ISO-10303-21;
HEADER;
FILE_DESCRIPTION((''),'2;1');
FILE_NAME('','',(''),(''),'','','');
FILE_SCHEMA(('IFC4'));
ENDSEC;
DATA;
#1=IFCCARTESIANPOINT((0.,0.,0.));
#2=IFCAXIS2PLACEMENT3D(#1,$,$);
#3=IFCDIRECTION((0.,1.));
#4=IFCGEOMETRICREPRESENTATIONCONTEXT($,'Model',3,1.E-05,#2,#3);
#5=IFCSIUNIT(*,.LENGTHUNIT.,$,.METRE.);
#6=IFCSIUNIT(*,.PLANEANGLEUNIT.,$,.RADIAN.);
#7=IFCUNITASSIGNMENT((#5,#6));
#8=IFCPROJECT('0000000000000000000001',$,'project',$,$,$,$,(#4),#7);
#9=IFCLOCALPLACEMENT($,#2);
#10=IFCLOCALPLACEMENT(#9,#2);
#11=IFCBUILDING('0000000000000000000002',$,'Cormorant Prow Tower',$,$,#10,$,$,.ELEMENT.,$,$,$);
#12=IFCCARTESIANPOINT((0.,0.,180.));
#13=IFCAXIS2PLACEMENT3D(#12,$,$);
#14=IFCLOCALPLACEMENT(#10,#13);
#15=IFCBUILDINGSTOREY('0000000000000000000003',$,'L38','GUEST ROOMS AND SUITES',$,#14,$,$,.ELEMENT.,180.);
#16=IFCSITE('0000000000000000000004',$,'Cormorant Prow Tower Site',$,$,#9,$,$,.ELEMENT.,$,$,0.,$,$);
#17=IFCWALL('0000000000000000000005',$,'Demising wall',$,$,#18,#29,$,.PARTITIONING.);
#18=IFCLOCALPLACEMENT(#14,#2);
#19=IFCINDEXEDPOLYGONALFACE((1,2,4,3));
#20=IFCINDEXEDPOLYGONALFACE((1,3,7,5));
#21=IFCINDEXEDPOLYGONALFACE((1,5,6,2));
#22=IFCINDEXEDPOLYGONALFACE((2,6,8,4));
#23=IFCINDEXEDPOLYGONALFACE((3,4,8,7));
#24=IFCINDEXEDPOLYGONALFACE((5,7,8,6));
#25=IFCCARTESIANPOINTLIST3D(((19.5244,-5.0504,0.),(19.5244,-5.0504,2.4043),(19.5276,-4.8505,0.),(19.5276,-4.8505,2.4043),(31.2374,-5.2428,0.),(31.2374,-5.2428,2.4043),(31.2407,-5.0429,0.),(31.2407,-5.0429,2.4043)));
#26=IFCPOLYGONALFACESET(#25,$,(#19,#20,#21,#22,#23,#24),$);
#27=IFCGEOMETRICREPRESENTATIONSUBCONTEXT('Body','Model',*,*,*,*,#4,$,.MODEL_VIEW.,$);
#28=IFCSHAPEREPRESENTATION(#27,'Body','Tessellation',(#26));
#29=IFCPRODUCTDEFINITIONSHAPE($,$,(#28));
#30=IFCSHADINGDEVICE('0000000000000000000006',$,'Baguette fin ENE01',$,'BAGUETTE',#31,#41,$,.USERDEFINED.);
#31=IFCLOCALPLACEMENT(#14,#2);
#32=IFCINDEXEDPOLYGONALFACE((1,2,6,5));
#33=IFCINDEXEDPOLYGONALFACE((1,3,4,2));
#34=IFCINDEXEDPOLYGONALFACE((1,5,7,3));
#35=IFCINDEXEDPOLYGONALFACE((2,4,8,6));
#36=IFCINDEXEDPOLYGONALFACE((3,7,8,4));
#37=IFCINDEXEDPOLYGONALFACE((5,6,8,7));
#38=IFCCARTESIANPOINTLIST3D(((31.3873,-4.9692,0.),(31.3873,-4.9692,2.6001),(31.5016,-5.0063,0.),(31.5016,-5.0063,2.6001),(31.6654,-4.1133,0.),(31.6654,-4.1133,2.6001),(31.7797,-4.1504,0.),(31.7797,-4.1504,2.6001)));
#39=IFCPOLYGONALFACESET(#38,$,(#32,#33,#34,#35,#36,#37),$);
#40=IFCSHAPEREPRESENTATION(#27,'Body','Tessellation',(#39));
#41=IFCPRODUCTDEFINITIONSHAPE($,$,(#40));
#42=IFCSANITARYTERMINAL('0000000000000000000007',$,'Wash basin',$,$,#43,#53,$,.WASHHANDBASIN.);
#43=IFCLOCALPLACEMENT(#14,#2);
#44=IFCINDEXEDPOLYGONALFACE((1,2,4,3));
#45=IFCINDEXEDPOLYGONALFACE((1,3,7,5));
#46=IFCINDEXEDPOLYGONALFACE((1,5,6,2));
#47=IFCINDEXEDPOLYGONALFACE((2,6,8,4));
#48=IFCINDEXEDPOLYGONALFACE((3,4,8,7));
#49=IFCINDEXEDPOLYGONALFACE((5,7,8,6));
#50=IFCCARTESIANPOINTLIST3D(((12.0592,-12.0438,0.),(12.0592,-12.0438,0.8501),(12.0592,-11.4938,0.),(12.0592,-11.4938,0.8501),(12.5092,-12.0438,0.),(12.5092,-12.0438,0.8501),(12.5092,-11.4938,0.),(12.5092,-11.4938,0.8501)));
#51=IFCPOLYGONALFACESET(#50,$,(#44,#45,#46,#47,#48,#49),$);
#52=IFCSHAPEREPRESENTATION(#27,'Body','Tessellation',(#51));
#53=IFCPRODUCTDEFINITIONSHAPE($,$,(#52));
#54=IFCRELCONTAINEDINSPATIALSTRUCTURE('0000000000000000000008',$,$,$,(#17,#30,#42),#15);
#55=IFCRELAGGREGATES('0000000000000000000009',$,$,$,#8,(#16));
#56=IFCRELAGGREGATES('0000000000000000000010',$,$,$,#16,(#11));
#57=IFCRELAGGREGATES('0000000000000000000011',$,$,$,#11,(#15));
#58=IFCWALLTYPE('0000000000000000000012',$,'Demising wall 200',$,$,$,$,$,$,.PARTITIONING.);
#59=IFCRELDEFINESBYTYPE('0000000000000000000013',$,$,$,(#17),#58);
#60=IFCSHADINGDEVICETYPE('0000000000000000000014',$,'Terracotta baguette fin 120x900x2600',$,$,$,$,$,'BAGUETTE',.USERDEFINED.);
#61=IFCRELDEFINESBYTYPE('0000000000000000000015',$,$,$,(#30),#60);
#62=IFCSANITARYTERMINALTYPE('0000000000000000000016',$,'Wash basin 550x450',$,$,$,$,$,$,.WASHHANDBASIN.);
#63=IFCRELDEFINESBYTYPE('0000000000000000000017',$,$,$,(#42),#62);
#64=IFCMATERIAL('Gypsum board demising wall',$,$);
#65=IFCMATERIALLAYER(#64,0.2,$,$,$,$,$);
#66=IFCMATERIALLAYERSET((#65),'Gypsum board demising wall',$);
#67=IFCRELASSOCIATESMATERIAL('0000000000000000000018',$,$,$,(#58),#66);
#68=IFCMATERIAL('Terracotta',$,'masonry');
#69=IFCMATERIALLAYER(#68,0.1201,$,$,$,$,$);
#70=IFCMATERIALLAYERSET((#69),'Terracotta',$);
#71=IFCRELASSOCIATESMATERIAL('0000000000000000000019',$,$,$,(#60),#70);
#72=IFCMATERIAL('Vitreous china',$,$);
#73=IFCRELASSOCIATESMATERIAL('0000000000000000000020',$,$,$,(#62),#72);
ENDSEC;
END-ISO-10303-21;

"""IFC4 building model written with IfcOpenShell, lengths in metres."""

from ifc_helpers import new_model, si_unit, direction, frame, frame_2d, origin, origin_2d, place, context, subcontext, project, spatial, rectangle, extrude, material, layer, layer_set, type_object, element, save


model = new_model("IFC4")

# Units and contexts
model_context = context("Model", 3, precision=1e-05, world=origin(), true_north=direction((0.0, 1.0)))
body_context = subcontext(model_context, "Body", "Model", "MODEL_VIEW")
ifc_project = project(units=[si_unit("LENGTHUNIT", "METRE"), si_unit("PLANEANGLEUNIT", "RADIAN")], contexts=[model_context])

# Site, building, storey
site_placement = place(None, origin())
site = spatial("IfcSite", under=ifc_project, at=site_placement, Name="Cormorant Prow Tower Site", CompositionType="ELEMENT", RefElevation=0.0)
building_placement = place(site_placement, origin())
building = spatial("IfcBuilding", under=site, at=building_placement, Name="Cormorant Prow Tower", CompositionType="ELEMENT")
storey_placement = place(building_placement, frame((0.0, 0.0, 180.0)))
storey = spatial("IfcBuildingStorey", under=building, at=storey_placement, Name="L38", Description="GUEST ROOMS AND SUITES", CompositionType="ELEMENT", Elevation=180.0)

# Wall
ifc_material_1 = material(Name="Gypsum board demising wall")
ifc_layer_1 = layer(ifc_material_1, 0.2)
ifc_layer_set_1 = layer_set([ifc_layer_1], Name="Gypsum board demising wall")
wall_type_1 = type_object("IfcWallType", Name="Demising wall 200", PredefinedType="PARTITIONING", material=ifc_layer_set_1)
wall_1_placement = place(storey_placement, frame((19.5259, -4.9504, 0.0), z_axis=(0.0, 0.0, 1.0), x_axis=(0.999865, -0.016422, 0.0)))
element("IfcWall", 1, at=wall_1_placement, inside=storey, type_object=wall_type_1, Name="Demising wall", PredefinedType="PARTITIONING", context=body_context, shape_type="SweptSolid", body=[
    extrude(rectangle(XDim=11.7146, YDim=0.2, at=frame_2d((5.8574, 0.0))), origin(), (0.0, 0.0, 1.0), 2.4043),
])

# Shading device
ifc_material_2 = material(Name="Terracotta", Category="masonry")
ifc_layer_2 = layer(ifc_material_2, 0.1201)
ifc_layer_set_2 = layer_set([ifc_layer_2], Name="Terracotta")
shading_device_type = type_object("IfcShadingDeviceType", Name="Terracotta baguette fin 120x900x2600", ElementType="BAGUETTE", PredefinedType="USERDEFINED", material=ifc_layer_set_2)
shading_device_placement = place(storey_placement, frame((31.5835, -4.5598, 0.0), z_axis=(0.0, 0.0, 1.0), x_axis=(-0.951057, 0.309017, 0.0)))
element("IfcShadingDevice", 2, at=shading_device_placement, inside=storey, type_object=shading_device_type, Name="Baguette fin ENE01", ObjectType="BAGUETTE", PredefinedType="USERDEFINED", context=body_context, shape_type="SweptSolid", body=[
    extrude(rectangle(XDim=0.1201, YDim=0.8999, at=origin_2d()), origin(), (0.0, 0.0, 1.0), 2.6001),
])

# Sanitary terminal
ifc_material_3 = material(Name="Vitreous china")
sanitary_terminal_type = type_object("IfcSanitaryTerminalType", Name="Wash basin 550x450", PredefinedType="WASHHANDBASIN", material=ifc_material_3)
sanitary_terminal_placement = place(storey_placement, frame((12.2842, -11.7688, 0.0), z_axis=(0.0, 0.0, 1.0), x_axis=(0.0, -1.0, 0.0)))
element("IfcSanitaryTerminal", 3, at=sanitary_terminal_placement, inside=storey, type_object=sanitary_terminal_type, Name="Wash basin", PredefinedType="WASHHANDBASIN", context=body_context, shape_type="SweptSolid", body=[
    extrude(rectangle(XDim=0.55, YDim=0.45, at=origin_2d()), origin(), (0.0, 0.0, 1.0), 0.8501),
])

save(model, "model.ifc")
